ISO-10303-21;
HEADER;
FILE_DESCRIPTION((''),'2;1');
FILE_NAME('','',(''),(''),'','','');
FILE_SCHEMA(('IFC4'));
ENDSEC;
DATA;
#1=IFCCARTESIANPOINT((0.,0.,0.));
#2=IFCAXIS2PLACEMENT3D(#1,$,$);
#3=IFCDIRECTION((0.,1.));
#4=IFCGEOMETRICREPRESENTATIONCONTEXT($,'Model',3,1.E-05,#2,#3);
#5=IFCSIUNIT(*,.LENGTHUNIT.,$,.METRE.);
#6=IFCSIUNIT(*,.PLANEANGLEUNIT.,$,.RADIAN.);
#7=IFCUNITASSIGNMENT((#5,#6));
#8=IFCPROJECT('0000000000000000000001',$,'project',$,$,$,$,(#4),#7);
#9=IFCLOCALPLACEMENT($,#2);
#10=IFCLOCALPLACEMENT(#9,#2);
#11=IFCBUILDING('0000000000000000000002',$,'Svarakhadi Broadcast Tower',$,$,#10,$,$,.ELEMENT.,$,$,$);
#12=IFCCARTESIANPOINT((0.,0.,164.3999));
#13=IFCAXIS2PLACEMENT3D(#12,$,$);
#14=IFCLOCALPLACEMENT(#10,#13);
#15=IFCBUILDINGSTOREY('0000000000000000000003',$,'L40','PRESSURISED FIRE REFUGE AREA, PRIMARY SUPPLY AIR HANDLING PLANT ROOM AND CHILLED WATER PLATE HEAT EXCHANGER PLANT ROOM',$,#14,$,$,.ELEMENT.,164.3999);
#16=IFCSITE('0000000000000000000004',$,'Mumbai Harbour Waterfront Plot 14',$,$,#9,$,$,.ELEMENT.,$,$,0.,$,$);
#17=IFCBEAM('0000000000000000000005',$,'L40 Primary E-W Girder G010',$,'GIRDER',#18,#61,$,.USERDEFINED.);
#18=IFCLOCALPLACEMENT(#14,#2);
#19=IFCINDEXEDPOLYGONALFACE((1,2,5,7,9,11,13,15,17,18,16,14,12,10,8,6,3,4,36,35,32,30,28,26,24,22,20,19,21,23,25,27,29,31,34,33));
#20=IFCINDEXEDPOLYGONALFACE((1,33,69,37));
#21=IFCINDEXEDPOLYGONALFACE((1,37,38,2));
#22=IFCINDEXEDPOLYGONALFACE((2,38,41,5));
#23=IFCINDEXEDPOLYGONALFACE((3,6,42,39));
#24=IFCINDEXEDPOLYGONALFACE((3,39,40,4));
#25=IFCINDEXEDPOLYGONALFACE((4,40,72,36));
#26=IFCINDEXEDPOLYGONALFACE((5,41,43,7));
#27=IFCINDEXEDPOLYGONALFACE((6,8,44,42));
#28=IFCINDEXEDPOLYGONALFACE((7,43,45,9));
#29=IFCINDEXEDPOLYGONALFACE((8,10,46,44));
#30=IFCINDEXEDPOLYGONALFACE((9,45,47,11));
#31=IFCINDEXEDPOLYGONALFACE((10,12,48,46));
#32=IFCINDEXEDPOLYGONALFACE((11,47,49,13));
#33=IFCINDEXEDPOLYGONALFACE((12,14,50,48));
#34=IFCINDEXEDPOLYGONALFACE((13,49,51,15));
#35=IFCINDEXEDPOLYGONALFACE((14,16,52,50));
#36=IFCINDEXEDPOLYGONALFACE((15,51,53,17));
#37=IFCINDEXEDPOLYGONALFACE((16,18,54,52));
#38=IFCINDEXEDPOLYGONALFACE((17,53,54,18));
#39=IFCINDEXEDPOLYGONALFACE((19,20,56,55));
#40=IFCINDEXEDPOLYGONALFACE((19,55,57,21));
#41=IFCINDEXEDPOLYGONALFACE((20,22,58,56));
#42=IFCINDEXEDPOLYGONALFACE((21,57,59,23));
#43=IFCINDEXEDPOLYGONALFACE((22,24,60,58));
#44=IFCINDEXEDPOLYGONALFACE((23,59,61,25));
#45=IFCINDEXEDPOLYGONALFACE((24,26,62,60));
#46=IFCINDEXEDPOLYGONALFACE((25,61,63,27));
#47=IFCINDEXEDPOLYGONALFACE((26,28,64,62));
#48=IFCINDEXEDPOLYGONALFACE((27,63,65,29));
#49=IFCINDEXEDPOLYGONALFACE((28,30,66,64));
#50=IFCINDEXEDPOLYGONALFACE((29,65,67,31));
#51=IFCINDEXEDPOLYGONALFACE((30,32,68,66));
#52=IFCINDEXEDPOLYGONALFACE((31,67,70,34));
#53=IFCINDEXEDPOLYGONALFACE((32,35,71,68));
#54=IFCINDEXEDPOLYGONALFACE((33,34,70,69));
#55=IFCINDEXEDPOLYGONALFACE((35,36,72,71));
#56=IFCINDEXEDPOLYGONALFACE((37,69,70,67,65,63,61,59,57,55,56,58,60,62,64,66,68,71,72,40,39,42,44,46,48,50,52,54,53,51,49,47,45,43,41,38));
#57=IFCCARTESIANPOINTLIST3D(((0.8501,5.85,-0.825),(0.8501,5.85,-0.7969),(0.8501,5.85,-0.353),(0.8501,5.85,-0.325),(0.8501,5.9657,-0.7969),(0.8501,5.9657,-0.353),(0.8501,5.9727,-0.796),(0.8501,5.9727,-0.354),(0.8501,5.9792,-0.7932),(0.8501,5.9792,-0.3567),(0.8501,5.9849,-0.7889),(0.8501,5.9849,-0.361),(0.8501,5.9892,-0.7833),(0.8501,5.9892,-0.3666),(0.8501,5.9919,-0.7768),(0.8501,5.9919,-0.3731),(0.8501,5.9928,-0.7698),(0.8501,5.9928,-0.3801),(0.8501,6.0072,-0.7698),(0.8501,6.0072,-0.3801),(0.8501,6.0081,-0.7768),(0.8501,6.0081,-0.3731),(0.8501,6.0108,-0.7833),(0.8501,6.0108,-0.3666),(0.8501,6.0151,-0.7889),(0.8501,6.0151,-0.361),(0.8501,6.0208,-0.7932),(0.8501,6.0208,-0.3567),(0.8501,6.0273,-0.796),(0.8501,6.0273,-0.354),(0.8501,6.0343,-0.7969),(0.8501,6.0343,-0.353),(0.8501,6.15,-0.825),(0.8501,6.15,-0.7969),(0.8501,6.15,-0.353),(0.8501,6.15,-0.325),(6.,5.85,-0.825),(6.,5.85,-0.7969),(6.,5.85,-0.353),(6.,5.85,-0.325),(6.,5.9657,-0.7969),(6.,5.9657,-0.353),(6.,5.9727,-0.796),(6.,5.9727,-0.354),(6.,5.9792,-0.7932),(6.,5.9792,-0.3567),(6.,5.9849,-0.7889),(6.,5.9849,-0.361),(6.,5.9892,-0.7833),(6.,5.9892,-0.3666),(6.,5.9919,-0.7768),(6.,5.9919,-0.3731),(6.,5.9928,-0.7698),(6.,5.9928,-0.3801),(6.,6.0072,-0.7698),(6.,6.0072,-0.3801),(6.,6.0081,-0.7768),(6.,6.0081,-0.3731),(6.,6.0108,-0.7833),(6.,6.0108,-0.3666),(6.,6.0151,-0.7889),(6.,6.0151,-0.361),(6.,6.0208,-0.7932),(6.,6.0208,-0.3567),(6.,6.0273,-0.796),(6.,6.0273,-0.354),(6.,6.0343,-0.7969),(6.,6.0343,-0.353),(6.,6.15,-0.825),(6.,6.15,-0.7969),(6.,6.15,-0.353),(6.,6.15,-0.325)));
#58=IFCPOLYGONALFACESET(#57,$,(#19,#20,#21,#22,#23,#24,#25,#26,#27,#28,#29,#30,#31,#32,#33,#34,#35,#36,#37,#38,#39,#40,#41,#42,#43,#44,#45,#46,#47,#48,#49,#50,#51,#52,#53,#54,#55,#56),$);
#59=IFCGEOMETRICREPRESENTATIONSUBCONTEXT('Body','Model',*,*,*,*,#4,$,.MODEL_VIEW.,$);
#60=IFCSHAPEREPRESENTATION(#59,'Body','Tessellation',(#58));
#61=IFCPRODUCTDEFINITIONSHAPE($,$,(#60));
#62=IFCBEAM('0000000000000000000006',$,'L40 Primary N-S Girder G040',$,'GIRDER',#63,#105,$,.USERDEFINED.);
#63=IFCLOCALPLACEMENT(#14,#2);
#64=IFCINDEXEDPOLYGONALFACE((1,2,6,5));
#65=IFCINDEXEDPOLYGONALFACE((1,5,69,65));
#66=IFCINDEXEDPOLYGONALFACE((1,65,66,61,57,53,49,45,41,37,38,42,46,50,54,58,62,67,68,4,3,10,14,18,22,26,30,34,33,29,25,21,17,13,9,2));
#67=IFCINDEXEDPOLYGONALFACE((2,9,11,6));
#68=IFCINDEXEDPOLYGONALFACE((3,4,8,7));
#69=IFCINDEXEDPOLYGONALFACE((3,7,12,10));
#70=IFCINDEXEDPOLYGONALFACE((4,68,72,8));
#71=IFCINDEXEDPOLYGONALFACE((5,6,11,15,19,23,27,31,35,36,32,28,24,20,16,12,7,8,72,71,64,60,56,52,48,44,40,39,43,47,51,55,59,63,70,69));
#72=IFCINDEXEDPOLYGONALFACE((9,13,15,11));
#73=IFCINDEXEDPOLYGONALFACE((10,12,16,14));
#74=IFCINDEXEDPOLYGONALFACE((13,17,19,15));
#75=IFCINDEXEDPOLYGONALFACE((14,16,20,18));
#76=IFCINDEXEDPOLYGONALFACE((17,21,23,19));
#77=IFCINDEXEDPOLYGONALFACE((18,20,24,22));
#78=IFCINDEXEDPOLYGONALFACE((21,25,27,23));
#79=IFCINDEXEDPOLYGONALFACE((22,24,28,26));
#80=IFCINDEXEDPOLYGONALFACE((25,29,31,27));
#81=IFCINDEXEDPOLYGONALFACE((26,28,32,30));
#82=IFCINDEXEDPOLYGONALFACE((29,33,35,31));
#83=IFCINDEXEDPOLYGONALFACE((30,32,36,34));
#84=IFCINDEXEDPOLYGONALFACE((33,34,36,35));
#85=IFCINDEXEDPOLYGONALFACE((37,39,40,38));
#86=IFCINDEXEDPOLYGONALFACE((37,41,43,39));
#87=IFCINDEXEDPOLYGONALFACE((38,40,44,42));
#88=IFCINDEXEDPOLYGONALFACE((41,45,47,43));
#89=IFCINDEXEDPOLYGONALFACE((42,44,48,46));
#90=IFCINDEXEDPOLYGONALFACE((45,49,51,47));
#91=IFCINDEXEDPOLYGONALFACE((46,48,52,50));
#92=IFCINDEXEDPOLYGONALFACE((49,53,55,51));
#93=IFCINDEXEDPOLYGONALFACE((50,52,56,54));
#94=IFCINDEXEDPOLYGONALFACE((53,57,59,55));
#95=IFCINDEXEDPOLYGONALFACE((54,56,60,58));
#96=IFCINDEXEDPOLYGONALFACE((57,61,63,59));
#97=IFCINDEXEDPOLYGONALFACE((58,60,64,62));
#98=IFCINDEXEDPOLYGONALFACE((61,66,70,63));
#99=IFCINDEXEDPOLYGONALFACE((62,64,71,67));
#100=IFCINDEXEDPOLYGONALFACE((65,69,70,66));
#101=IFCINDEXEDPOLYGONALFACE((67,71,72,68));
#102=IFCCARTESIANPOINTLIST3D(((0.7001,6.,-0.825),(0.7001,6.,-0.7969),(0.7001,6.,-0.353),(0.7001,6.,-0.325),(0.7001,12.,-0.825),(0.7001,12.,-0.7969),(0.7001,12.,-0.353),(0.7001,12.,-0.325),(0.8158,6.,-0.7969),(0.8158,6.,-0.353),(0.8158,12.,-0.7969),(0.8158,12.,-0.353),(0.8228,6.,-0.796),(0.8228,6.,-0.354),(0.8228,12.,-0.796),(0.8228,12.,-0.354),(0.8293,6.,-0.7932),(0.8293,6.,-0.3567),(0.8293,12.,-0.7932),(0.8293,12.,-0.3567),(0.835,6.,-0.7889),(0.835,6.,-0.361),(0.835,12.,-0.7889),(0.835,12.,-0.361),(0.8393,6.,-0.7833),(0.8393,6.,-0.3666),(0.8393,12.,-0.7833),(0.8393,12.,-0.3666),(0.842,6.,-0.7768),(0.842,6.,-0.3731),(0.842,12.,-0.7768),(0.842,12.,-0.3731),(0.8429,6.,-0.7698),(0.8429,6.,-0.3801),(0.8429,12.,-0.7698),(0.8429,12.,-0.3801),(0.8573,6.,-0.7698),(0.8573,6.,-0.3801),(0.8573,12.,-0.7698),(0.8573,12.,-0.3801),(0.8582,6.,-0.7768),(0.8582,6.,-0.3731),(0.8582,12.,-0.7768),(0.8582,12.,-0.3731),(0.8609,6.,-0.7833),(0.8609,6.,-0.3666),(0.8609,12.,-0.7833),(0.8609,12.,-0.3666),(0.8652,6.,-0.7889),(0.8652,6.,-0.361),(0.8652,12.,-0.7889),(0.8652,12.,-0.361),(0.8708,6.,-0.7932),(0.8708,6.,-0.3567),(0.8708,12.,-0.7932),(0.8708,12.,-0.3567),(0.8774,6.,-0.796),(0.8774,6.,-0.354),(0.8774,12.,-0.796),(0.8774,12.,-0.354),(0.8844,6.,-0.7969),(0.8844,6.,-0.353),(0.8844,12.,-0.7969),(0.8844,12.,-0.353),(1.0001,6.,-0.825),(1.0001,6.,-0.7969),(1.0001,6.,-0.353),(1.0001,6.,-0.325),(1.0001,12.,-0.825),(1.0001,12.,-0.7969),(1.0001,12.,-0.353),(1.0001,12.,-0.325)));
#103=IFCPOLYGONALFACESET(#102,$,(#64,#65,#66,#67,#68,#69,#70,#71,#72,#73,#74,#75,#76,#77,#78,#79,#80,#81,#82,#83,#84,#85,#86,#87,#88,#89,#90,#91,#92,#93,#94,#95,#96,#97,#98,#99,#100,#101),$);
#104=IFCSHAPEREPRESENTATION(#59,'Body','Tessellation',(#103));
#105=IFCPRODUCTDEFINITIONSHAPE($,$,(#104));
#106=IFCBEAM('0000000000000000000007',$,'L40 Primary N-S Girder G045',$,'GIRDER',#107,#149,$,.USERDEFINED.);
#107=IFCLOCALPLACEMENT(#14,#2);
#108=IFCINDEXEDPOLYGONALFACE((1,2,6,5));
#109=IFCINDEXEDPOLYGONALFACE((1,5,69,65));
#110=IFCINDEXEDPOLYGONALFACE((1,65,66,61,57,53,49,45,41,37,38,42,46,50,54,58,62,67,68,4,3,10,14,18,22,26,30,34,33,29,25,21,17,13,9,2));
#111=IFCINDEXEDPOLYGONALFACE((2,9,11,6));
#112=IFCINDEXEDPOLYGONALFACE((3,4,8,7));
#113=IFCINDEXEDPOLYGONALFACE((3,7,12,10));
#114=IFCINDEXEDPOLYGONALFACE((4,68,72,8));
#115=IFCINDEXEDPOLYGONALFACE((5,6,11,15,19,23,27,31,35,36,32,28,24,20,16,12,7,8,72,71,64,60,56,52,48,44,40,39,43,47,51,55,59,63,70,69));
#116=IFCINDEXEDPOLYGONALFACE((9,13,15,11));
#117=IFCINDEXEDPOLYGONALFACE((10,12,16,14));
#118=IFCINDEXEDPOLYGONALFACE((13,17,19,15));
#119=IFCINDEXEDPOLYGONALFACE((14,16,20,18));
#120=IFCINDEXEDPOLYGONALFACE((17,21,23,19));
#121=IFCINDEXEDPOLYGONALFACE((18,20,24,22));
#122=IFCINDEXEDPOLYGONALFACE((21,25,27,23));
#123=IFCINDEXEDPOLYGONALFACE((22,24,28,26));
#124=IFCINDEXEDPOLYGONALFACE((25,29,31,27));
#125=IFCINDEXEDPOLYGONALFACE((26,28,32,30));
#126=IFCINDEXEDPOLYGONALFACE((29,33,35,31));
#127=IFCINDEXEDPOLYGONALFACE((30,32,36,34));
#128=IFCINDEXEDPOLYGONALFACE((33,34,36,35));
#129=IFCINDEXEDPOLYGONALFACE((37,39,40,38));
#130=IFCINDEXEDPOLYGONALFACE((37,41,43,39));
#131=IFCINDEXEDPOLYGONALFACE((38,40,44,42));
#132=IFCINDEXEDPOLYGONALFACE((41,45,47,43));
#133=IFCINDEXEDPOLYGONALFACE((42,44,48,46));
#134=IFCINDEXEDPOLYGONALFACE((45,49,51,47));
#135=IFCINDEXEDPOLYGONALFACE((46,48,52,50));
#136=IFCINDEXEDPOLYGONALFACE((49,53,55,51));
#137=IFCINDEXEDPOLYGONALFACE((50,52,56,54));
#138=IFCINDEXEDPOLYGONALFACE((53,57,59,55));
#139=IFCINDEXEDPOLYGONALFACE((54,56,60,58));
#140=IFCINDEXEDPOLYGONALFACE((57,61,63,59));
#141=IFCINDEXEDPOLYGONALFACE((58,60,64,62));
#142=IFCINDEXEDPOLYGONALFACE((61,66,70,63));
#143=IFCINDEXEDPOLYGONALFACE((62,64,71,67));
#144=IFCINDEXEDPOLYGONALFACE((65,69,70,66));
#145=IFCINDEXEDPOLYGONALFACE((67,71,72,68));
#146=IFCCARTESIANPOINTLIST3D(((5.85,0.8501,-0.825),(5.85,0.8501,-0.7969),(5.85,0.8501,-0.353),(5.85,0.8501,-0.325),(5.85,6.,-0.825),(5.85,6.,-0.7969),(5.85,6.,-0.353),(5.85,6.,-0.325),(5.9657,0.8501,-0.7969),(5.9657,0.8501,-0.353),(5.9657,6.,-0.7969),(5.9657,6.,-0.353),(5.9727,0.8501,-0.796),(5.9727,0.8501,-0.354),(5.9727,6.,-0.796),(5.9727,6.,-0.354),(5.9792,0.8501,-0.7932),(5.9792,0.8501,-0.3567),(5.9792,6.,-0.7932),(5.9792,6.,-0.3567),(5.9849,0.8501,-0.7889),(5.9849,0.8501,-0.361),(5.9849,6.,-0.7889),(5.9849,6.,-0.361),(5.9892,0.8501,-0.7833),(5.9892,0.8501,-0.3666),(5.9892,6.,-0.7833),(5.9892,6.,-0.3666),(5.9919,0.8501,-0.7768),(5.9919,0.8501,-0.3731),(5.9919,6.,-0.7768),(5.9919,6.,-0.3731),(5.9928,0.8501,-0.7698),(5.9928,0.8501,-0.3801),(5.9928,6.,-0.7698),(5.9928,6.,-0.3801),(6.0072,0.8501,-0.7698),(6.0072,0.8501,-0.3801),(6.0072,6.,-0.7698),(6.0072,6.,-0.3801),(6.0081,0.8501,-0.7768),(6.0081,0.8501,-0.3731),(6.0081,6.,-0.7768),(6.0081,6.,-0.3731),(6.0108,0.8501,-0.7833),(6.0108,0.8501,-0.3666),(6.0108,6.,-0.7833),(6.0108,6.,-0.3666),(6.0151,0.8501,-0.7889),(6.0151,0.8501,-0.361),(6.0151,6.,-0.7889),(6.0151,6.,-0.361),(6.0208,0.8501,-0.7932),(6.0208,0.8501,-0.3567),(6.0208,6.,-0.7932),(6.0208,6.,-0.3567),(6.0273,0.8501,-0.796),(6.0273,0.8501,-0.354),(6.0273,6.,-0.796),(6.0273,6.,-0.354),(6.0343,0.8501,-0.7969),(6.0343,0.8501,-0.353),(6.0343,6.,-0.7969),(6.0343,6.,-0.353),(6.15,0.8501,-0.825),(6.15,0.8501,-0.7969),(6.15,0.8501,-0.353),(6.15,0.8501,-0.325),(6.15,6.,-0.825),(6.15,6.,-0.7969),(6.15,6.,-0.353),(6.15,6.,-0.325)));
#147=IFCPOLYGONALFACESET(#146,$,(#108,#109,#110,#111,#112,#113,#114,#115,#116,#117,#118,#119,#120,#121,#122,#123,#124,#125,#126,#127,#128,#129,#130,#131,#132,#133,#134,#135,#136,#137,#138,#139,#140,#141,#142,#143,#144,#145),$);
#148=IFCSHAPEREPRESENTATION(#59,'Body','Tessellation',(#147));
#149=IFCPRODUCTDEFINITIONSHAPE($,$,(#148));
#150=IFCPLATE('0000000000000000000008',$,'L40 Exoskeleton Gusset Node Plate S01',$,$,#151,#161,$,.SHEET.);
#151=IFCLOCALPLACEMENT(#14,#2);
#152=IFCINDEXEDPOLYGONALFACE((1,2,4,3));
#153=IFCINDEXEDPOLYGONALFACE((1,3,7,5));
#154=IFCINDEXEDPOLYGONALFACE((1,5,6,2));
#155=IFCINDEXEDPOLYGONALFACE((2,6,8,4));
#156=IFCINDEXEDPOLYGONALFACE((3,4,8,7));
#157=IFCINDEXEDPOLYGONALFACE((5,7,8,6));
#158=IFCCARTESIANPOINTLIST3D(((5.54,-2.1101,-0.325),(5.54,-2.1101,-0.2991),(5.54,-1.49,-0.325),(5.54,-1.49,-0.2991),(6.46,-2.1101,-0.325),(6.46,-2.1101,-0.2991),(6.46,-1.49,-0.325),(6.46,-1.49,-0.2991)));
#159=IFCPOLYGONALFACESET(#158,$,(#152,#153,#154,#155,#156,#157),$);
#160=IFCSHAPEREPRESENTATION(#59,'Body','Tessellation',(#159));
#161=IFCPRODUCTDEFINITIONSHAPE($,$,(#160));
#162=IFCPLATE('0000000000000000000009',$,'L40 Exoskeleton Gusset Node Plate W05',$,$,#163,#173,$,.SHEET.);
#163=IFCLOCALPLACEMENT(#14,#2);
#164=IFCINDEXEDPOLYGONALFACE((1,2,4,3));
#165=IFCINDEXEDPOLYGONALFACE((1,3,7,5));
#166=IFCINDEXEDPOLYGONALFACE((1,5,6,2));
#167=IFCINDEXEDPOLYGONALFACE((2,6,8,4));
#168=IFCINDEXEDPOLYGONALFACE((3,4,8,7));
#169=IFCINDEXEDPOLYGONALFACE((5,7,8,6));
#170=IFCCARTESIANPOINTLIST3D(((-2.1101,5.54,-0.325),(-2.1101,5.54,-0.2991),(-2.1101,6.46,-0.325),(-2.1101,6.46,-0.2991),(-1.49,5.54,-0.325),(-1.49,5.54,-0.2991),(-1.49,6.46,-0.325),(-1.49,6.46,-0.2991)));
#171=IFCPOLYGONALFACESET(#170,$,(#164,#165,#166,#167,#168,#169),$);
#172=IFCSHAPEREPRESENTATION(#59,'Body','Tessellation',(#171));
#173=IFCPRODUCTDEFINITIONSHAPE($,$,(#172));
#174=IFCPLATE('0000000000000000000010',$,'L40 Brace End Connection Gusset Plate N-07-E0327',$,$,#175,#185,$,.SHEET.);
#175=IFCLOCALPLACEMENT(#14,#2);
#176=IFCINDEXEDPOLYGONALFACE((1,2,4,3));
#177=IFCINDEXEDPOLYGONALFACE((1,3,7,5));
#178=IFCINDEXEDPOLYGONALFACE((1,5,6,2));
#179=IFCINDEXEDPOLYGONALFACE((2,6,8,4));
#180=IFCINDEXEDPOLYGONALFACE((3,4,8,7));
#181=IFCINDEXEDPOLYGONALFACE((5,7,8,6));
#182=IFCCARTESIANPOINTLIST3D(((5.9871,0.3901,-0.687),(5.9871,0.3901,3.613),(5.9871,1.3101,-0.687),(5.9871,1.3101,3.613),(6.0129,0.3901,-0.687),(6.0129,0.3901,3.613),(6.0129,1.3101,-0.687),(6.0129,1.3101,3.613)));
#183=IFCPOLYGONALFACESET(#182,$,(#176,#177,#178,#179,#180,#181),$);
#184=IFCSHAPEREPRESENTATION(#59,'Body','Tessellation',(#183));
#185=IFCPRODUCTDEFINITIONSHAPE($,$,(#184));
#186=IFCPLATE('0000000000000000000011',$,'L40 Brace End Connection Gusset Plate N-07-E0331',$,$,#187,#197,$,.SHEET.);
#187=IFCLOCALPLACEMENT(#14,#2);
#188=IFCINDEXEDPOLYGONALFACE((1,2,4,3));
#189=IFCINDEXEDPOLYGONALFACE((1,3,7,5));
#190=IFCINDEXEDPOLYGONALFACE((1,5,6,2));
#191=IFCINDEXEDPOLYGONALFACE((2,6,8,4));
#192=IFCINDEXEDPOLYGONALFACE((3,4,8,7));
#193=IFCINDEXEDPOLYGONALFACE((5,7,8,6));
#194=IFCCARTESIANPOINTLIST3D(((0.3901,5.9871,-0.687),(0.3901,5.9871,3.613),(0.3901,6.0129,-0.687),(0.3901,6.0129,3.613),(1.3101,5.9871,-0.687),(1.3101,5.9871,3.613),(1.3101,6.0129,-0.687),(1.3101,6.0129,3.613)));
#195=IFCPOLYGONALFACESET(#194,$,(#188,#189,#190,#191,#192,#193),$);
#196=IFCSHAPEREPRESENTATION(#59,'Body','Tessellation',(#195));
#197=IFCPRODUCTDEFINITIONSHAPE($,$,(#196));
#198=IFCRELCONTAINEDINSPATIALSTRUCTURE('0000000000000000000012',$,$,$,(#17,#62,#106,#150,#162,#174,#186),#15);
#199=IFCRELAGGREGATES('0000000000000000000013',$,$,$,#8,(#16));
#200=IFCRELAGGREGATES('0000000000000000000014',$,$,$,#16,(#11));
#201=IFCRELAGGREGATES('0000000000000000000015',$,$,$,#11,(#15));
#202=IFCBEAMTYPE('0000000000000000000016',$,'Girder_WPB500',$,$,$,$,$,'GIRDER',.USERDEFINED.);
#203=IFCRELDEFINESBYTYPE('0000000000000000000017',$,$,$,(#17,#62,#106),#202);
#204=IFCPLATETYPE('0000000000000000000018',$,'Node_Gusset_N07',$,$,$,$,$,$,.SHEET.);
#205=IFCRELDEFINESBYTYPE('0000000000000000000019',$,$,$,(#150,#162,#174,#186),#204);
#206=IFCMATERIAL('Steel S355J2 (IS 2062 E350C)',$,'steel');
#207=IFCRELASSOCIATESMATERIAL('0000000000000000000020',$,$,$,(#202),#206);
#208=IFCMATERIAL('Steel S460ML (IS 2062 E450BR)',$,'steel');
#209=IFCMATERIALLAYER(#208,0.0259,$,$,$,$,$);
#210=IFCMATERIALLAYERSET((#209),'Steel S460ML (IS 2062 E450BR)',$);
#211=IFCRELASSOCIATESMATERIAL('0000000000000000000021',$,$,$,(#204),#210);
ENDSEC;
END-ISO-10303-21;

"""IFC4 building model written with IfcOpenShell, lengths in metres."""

from ifc_helpers import new_model, si_unit, direction, frame, origin, origin_2d, place, context, subcontext, project, spatial, rectangle, i_section, extrude, material, layer, layer_set, material_profile, profile_set, type_object, element, save


model = new_model("IFC4")

# Units and contexts
model_context = context("Model", 3, precision=1e-05, world=origin(), true_north=direction((0.0, 1.0)))
body_context = subcontext(model_context, "Body", "Model", "MODEL_VIEW")
ifc_project = project(units=[si_unit("LENGTHUNIT", "METRE"), si_unit("PLANEANGLEUNIT", "RADIAN")], contexts=[model_context])

# Site, building, storey
site_placement = place(None, origin())
site = spatial("IfcSite", under=ifc_project, at=site_placement, Name="Mumbai Harbour Waterfront Plot 14", CompositionType="ELEMENT", RefElevation=0.0)
building_placement = place(site_placement, origin())
building = spatial("IfcBuilding", under=site, at=building_placement, Name="Svarakhadi Broadcast Tower", CompositionType="ELEMENT")
storey_placement = place(building_placement, frame((0.0, 0.0, 164.3999)))
storey = spatial("IfcBuildingStorey", under=building, at=storey_placement, Name="L40", Description="PRESSURISED FIRE REFUGE AREA, PRIMARY SUPPLY AIR HANDLING PLANT ROOM AND CHILLED WATER PLATE HEAT EXCHANGER PLANT ROOM", CompositionType="ELEMENT", Elevation=164.3999)

# Shared definitions
ifc_material_1 = material(Name="Steel S460ML (IS 2062 E450BR)", Category="steel")

# Beams
ifc_material_2 = material(Name="Steel S355J2 (IS 2062 E350C)", Category="steel")
ifc_material_profile_1 = material_profile(ifc_material_2, i_section(OverallWidth=0.3, OverallDepth=0.5, WebThickness=0.0144, FlangeThickness=0.0281, FilletRadius=0.0271, at=origin_2d()), Name="WPB 500x300x187")
ifc_profile_set_1 = profile_set([ifc_material_profile_1], Name="Steel S355J2 (IS 2062 E350C)")
beam_type = type_object("IfcBeamType", Name="Girder_WPB500", ElementType="GIRDER", PredefinedType="USERDEFINED", material=ifc_profile_set_1)
beam_1_placement = place(storey_placement, frame((0.8501, 6.0, -0.575), z_axis=(1.0, 0.0, 0.0), x_axis=(0.0, 1.0, 0.0)))
element("IfcBeam", 1, at=beam_1_placement, inside=storey, type_object=beam_type, Name="L40 Primary E-W Girder G010", ObjectType="GIRDER", PredefinedType="USERDEFINED", context=body_context, shape_type="SweptSolid", body=[
    extrude(i_section(OverallWidth=0.3, OverallDepth=0.5, WebThickness=0.0144, FlangeThickness=0.0281, FilletRadius=0.0271, at=origin_2d()), origin(), (0.0, 0.0, 1.0), 5.1499),
])
beam_2_placement = place(storey_placement, frame((0.8501, 6.0, -0.575), z_axis=(0.0, 1.0, 0.0), x_axis=(-1.0, 0.0, 0.0)))
element("IfcBeam", 2, at=beam_2_placement, inside=storey, type_object=beam_type, Name="L40 Primary N-S Girder G040", ObjectType="GIRDER", PredefinedType="USERDEFINED", context=body_context, shape_type="SweptSolid", body=[
    extrude(i_section(OverallWidth=0.3, OverallDepth=0.5, WebThickness=0.0144, FlangeThickness=0.0281, FilletRadius=0.0271, at=origin_2d()), origin(), (0.0, 0.0, 1.0), 6.0),
])
beam_3_placement = place(storey_placement, frame((6.0, 0.8501, -0.575), z_axis=(0.0, 1.0, 0.0), x_axis=(-1.0, 0.0, 0.0)))
element("IfcBeam", 3, at=beam_3_placement, inside=storey, type_object=beam_type, Name="L40 Primary N-S Girder G045", ObjectType="GIRDER", PredefinedType="USERDEFINED", context=body_context, shape_type="SweptSolid", body=[
    extrude(i_section(OverallWidth=0.3, OverallDepth=0.5, WebThickness=0.0144, FlangeThickness=0.0281, FilletRadius=0.0271, at=origin_2d()), origin(), (0.0, 0.0, 1.0), 5.1499),
])

# Plates
ifc_layer_1 = layer(ifc_material_1, 0.0259)
ifc_layer_set_1 = layer_set([ifc_layer_1], Name="Steel S460ML (IS 2062 E450BR)")
plate_type = type_object("IfcPlateType", Name="Node_Gusset_N07", PredefinedType="SHEET", material=ifc_layer_set_1)
for number, where, z_axis, x_axis, name in (
    (4, (6.0, -1.8, -0.325), (0.0, 0.0, 1.0), (1.0, 0.0, 0.0), "L40 Exoskeleton Gusset Node Plate S01"),
    (5, (-1.8, 6.0, -0.325), (0.0, 0.0, 1.0), (0.0, 1.0, 0.0), "L40 Exoskeleton Gusset Node Plate W05"),
):
    element("IfcPlate", number, at=place(storey_placement, frame(where, z_axis=z_axis, x_axis=x_axis)), inside=storey, type_object=plate_type, Name=name, PredefinedType="SHEET", context=body_context, shape_type="SweptSolid", body=[
        extrude(rectangle(XDim=0.9199, YDim=0.6201, at=origin_2d()), origin(), (0.0, 0.0, 1.0), 0.0259),
    ])
for number, where, z_axis, x_axis, name in (
    (6, (6.0, 0.8501, -0.687), (0.0, 0.0, 1.0), (0.0, 1.0, 0.0), "L40 Brace End Connection Gusset Plate N-07-E0327"),
    (7, (0.8501, 6.0, -0.687), (0.0, 0.0, 1.0), (1.0, 0.0, 0.0), "L40 Brace End Connection Gusset Plate N-07-E0331"),
):
    element("IfcPlate", number, at=place(storey_placement, frame(where, z_axis=z_axis, x_axis=x_axis)), inside=storey, type_object=plate_type, Name=name, PredefinedType="SHEET", context=body_context, shape_type="SweptSolid", body=[
        extrude(rectangle(XDim=0.9199, YDim=0.0259, at=origin_2d()), origin(), (0.0, 0.0, 1.0), 4.3),
    ])

save(model, "model.ifc")
